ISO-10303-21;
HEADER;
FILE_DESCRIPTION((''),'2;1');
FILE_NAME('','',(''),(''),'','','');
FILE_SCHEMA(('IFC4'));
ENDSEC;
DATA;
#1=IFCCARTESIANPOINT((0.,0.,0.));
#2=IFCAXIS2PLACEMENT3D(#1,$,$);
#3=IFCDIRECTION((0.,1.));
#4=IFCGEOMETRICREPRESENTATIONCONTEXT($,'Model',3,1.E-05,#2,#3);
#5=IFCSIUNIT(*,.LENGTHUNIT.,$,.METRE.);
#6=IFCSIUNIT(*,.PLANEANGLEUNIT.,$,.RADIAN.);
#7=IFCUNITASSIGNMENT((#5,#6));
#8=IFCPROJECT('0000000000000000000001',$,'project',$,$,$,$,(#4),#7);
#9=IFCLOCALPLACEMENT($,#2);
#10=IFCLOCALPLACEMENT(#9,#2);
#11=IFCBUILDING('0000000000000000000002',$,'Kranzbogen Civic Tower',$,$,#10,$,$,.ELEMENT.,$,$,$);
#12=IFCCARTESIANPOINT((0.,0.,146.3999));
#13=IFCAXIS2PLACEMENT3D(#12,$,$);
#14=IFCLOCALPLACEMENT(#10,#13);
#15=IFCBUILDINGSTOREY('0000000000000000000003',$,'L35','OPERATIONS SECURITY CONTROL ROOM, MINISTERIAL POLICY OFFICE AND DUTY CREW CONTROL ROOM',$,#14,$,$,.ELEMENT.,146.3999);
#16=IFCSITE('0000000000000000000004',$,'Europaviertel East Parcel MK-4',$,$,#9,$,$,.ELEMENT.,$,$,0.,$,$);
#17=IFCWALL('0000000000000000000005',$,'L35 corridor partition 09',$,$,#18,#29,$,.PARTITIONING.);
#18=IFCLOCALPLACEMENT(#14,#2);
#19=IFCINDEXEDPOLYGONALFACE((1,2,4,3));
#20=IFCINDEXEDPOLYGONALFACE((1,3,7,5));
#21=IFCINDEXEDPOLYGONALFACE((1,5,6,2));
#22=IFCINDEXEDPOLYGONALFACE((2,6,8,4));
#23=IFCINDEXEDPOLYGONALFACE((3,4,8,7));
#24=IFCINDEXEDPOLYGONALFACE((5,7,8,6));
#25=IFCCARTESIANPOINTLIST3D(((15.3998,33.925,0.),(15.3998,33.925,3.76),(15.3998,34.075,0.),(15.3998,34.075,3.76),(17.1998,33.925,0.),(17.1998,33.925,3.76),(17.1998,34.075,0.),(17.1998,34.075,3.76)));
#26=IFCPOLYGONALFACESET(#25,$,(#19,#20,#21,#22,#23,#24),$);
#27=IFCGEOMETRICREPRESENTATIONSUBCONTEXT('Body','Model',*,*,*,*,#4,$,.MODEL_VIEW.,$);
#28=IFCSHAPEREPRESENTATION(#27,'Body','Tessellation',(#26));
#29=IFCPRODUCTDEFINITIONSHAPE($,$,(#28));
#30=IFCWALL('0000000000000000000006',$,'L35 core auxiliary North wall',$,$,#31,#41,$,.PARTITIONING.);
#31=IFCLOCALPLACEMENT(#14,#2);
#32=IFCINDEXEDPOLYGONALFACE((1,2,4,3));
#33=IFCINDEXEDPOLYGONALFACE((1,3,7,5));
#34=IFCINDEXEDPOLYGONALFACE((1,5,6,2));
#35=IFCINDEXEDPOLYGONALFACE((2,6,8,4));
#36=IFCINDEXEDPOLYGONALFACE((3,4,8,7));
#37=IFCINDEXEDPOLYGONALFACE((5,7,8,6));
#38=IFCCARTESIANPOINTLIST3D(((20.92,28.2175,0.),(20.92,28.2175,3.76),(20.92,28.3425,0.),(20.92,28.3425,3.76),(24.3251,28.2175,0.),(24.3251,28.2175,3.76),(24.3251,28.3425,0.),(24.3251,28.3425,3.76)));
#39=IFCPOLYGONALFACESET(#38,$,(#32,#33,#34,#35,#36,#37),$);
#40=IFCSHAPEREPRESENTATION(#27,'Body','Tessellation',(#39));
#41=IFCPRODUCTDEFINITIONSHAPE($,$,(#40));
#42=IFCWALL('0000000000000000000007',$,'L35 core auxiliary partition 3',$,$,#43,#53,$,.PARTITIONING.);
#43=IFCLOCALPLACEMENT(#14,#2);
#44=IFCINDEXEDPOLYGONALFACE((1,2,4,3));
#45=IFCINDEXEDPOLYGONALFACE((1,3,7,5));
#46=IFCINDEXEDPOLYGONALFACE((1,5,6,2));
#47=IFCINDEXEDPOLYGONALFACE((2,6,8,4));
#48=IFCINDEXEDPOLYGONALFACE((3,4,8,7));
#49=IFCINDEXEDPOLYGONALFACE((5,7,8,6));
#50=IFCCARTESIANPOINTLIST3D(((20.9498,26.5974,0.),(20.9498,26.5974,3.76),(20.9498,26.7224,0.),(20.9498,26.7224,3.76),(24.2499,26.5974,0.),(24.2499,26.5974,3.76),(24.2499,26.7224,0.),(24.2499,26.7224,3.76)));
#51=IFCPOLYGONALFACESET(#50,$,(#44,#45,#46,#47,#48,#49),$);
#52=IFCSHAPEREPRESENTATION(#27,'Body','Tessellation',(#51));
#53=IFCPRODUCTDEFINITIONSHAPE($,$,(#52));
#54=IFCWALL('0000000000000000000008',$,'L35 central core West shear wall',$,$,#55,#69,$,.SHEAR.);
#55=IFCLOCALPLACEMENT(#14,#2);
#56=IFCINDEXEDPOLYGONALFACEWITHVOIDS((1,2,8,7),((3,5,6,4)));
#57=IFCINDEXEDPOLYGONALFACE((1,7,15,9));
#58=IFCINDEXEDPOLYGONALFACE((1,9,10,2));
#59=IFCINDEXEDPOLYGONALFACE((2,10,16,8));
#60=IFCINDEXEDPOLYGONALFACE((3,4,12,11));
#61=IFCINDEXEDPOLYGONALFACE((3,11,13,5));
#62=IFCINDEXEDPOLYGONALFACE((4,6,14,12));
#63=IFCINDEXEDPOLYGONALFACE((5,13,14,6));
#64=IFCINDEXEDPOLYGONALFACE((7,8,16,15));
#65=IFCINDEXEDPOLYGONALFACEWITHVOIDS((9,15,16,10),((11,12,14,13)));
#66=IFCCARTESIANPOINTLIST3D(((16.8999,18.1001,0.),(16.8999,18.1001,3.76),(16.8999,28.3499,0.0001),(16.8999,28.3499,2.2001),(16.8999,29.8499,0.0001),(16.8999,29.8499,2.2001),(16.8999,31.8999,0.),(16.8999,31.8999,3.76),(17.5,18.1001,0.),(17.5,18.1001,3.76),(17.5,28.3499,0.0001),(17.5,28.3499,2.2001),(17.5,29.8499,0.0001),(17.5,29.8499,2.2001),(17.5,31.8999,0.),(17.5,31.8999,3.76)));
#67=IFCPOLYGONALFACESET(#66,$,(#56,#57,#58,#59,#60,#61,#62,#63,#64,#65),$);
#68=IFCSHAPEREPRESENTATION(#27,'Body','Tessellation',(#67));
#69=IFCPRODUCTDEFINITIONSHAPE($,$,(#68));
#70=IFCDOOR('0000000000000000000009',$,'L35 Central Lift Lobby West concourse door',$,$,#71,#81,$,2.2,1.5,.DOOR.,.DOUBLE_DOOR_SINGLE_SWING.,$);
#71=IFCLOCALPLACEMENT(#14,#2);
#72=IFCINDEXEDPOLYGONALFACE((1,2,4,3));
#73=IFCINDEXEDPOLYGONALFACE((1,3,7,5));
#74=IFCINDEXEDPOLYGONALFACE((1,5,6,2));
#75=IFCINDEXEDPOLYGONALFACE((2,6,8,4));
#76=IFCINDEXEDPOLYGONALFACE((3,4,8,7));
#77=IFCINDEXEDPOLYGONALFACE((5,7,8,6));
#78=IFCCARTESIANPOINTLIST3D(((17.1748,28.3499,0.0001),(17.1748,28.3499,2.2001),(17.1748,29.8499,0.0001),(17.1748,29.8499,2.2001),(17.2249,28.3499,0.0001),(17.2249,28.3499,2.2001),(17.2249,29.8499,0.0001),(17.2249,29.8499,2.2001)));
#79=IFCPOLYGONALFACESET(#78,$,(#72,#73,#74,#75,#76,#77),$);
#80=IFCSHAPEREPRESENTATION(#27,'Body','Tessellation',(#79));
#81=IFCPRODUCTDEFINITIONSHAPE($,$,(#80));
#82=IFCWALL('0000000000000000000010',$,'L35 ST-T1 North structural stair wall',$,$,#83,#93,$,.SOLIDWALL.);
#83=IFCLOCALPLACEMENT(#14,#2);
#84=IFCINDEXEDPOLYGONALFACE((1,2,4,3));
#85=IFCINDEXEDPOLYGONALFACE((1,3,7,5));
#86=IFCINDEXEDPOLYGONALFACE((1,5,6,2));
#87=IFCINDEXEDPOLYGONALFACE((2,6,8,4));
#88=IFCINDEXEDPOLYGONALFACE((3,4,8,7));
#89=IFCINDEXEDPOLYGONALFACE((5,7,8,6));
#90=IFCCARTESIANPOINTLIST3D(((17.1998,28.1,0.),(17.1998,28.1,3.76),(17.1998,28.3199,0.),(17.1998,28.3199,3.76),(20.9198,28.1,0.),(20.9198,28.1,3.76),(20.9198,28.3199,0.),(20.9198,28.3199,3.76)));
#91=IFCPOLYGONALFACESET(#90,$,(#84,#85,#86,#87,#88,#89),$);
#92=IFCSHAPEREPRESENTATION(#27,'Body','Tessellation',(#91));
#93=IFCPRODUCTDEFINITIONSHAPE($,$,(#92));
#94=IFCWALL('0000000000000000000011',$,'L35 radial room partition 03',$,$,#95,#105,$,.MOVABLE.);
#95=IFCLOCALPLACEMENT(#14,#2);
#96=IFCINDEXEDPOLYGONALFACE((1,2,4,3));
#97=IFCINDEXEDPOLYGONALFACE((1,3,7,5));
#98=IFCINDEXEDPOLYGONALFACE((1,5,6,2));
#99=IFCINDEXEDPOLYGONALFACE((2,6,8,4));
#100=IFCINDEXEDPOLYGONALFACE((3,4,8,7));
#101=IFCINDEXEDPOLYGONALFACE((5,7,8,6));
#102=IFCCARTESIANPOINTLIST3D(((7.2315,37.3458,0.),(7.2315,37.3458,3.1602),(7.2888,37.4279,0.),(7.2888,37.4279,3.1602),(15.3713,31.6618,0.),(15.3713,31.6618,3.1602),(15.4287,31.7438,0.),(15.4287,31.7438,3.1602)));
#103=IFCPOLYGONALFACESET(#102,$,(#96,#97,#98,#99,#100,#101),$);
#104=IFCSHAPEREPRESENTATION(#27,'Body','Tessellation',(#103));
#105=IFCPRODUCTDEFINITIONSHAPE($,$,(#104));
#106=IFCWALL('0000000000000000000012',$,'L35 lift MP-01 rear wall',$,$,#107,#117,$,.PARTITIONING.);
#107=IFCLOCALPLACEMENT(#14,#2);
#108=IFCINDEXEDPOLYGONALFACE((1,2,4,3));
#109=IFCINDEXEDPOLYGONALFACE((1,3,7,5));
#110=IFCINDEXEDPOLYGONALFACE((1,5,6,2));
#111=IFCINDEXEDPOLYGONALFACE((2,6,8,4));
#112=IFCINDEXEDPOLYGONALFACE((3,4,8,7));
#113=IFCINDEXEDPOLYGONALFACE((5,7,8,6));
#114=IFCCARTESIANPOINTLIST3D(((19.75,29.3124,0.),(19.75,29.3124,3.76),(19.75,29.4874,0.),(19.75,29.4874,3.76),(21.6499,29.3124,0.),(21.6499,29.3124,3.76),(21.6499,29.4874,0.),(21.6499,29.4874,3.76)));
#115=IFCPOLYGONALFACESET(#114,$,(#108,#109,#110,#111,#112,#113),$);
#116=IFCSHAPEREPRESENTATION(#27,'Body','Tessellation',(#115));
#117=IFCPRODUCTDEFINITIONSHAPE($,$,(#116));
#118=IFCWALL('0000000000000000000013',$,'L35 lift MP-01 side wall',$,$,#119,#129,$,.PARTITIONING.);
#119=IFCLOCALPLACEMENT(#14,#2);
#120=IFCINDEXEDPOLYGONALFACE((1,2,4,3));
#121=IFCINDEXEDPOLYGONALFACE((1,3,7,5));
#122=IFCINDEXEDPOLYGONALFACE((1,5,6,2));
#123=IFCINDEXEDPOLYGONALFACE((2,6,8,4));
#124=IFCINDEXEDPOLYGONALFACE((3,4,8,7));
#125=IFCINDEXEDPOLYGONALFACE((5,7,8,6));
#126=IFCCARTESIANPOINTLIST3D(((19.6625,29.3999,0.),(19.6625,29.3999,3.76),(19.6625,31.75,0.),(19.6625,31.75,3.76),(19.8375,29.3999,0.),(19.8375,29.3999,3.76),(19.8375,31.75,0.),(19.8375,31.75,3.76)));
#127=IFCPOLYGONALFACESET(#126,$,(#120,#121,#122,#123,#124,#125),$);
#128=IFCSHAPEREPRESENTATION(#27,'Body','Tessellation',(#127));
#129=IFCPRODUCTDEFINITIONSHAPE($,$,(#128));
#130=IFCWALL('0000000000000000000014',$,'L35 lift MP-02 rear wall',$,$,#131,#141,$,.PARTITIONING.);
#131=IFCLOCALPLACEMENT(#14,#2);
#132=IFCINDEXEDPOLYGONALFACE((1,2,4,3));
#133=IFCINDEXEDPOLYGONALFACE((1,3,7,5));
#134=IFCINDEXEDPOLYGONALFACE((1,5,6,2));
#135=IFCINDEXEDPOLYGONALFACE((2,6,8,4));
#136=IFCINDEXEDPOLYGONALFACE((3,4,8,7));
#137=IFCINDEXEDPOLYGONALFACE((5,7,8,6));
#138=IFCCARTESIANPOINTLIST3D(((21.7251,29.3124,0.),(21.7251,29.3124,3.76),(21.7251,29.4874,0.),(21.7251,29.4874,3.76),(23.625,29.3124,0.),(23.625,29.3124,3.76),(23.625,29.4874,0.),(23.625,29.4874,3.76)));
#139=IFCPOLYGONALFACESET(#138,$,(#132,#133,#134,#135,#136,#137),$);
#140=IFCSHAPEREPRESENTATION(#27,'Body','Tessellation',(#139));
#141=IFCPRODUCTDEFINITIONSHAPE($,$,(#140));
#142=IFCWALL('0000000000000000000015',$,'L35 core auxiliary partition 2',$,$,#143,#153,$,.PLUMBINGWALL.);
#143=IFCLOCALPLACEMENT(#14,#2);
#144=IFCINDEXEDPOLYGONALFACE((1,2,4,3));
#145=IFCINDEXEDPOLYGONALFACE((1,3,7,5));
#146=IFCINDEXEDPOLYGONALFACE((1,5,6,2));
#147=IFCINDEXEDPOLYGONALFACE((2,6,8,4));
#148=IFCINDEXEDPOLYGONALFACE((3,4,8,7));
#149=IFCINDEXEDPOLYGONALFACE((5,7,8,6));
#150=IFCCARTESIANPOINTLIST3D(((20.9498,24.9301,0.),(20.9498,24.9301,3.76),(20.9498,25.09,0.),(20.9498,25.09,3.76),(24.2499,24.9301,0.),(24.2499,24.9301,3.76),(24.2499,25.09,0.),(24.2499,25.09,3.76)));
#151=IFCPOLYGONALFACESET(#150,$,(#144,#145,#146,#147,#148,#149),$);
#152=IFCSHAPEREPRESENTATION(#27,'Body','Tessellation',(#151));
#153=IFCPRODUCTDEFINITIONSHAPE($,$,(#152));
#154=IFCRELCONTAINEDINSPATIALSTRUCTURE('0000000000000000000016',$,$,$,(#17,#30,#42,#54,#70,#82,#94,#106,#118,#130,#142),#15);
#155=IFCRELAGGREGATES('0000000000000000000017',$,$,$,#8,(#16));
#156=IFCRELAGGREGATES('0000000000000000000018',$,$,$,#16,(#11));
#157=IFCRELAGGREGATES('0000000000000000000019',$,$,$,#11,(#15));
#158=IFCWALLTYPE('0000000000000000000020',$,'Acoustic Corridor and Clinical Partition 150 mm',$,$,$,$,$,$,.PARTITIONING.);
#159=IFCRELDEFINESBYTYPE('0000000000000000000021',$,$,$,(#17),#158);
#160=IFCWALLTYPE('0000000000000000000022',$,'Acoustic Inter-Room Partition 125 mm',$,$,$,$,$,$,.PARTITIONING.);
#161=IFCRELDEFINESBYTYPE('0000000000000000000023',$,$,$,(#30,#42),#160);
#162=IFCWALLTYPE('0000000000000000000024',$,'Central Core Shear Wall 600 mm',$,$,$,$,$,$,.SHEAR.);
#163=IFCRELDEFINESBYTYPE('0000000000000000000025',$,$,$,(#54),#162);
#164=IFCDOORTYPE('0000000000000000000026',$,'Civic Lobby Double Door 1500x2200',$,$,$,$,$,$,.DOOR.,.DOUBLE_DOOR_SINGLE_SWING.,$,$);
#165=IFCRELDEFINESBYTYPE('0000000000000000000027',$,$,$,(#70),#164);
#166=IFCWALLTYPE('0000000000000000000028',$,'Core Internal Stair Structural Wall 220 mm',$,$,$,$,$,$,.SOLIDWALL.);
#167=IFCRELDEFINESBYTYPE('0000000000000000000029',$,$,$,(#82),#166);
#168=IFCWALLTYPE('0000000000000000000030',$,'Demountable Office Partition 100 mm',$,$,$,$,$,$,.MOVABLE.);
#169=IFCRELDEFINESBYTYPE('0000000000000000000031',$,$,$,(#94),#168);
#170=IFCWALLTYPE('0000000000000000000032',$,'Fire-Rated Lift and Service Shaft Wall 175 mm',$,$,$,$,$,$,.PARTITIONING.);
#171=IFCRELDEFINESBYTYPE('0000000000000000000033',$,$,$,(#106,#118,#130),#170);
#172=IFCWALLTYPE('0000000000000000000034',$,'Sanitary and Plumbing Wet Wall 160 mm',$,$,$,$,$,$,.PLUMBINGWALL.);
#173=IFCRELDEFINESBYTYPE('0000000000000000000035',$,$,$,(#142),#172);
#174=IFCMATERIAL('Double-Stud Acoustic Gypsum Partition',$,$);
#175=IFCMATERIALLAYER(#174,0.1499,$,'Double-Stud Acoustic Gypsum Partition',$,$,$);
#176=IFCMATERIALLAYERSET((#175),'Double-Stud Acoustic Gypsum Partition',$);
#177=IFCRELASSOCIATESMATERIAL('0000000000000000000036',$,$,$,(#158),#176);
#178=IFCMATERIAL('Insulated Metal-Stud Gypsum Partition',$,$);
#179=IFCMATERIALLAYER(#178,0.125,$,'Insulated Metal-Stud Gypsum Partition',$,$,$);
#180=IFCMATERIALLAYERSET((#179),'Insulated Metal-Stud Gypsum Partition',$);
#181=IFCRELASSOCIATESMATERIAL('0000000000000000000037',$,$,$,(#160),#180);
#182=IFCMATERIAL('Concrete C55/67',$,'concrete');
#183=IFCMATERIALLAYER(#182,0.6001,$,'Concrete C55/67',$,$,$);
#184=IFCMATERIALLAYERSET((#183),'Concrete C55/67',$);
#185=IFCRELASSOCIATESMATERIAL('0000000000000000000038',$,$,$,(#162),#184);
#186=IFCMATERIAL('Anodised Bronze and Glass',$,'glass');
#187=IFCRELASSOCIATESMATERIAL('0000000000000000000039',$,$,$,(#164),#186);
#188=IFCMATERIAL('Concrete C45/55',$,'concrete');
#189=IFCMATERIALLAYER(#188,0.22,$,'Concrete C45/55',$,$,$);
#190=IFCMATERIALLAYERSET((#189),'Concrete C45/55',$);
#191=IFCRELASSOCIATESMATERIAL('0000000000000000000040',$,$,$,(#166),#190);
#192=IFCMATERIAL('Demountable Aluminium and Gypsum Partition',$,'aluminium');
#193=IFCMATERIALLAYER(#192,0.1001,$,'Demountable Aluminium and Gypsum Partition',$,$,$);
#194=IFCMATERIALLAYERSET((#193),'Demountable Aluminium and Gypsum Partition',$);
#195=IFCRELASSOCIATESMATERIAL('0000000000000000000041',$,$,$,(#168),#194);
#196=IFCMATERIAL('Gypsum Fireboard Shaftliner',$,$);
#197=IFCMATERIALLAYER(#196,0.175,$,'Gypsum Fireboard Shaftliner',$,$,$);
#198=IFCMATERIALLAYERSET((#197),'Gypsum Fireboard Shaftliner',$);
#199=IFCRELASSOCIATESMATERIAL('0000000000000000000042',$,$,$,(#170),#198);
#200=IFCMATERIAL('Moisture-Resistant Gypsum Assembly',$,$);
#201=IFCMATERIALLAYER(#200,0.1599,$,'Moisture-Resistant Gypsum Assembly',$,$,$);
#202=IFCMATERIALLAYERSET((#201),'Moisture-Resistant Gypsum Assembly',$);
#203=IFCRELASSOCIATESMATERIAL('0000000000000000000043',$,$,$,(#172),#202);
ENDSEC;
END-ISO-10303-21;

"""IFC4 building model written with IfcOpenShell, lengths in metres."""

from ifc_helpers import new_model, si_unit, direction, frame, frame_2d, origin, place, context, subcontext, project, spatial, rectangle, extrude, material, layer, layer_set, type_object, element, fill, save


model = new_model("IFC4")

# Units and contexts
model_context = context("Model", 3, precision=1e-05, world=origin(), true_north=direction((0.0, 1.0)))
body_context = subcontext(model_context, "Body", "Model", "MODEL_VIEW")
ifc_project = project(units=[si_unit("LENGTHUNIT", "METRE"), si_unit("PLANEANGLEUNIT", "RADIAN")], contexts=[model_context])

# Site, building, storey
site_placement = place(None, origin())
site = spatial("IfcSite", under=ifc_project, at=site_placement, Name="Europaviertel East Parcel MK-4", CompositionType="ELEMENT", RefElevation=0.0)
building_placement = place(site_placement, origin())
building = spatial("IfcBuilding", under=site, at=building_placement, Name="Kranzbogen Civic Tower", CompositionType="ELEMENT")
storey_placement = place(building_placement, frame((0.0, 0.0, 146.3999)))
storey = spatial("IfcBuildingStorey", under=building, at=storey_placement, Name="L35", Description="OPERATIONS SECURITY CONTROL ROOM, MINISTERIAL POLICY OFFICE AND DUTY CREW CONTROL ROOM", CompositionType="ELEMENT", Elevation=146.3999)

# Shared definitions
ifc_material_1 = material(Name="Double-Stud Acoustic Gypsum Partition")
ifc_layer_1 = layer(ifc_material_1, 0.1499, Name="Double-Stud Acoustic Gypsum Partition")
ifc_layer_set_1 = layer_set([ifc_layer_1], Name="Double-Stud Acoustic Gypsum Partition")
wall_type_1 = type_object("IfcWallType", Name="Acoustic Corridor and Clinical Partition 150 mm", PredefinedType="PARTITIONING", material=ifc_layer_set_1)

# Walls
wall_1_placement = place(storey_placement, frame((15.3999, 34.0, 0.0), z_axis=(0.0, 0.0, 1.0), x_axis=(1.0, 0.0, 0.0)))
element("IfcWall", 1, at=wall_1_placement, inside=storey, type_object=wall_type_1, Name="L35 corridor partition 09", PredefinedType="PARTITIONING", context=body_context, shape_type="SweptSolid", body=[
    extrude(rectangle(XDim=1.8, YDim=0.1499, at=frame_2d((0.8999, 0.0))), origin(), (0.0, 0.0, 1.0), 3.76),
])
ifc_material_2 = material(Name="Insulated Metal-Stud Gypsum Partition")
ifc_layer_2 = layer(ifc_material_2, 0.125, Name="Insulated Metal-Stud Gypsum Partition")
ifc_layer_set_2 = layer_set([ifc_layer_2], Name="Insulated Metal-Stud Gypsum Partition")
wall_type_2 = type_object("IfcWallType", Name="Acoustic Inter-Room Partition 125 mm", PredefinedType="PARTITIONING", material=ifc_layer_set_2)
wall_2_placement = place(storey_placement, frame((20.9199, 28.28, 0.0), z_axis=(0.0, 0.0, 1.0), x_axis=(1.0, 0.0, 0.0)))
element("IfcWall", 2, at=wall_2_placement, inside=storey, type_object=wall_type_2, Name="L35 core auxiliary North wall", PredefinedType="PARTITIONING", context=body_context, shape_type="SweptSolid", body=[
    extrude(rectangle(XDim=3.405, YDim=0.125, at=frame_2d((1.7026, 0.0))), origin(), (0.0, 0.0, 1.0), 3.76),
])
wall_3_placement = place(storey_placement, frame((20.95, 26.6599, 0.0), z_axis=(0.0, 0.0, 1.0), x_axis=(1.0, 0.0, 0.0)))
element("IfcWall", 3, at=wall_3_placement, inside=storey, type_object=wall_type_2, Name="L35 core auxiliary partition 3", PredefinedType="PARTITIONING", context=body_context, shape_type="SweptSolid", body=[
    extrude(rectangle(XDim=3.3, YDim=0.125, at=frame_2d((1.6499, 0.0))), origin(), (0.0, 0.0, 1.0), 3.76),
])

# Wall, opening, door
ifc_material_3 = material(Name="Concrete C55/67", Category="concrete")
ifc_layer_3 = layer(ifc_material_3, 0.6001, Name="Concrete C55/67")
ifc_layer_set_3 = layer_set([ifc_layer_3], Name="Concrete C55/67")
wall_type_3 = type_object("IfcWallType", Name="Central Core Shear Wall 600 mm", PredefinedType="SHEAR", material=ifc_layer_set_3)
wall_4_placement = place(storey_placement, frame((17.2, 31.8999, 0.0), z_axis=(0.0, 0.0, 1.0), x_axis=(0.0, -1.0, 0.0)))
wall_4 = element("IfcWall", 4, at=wall_4_placement, inside=storey, type_object=wall_type_3, Name="L35 central core West shear wall", PredefinedType="SHEAR", context=body_context, shape_type="SweptSolid", body=[
    extrude(rectangle(XDim=13.7998, YDim=0.6001, at=frame_2d((6.8999, 0.0))), origin(), (0.0, 0.0, 1.0), 3.76),
])
opening_1_placement = place(wall_4_placement, frame((2.05, 0.0, 0.0)))
opening_1 = element("IfcOpeningElement", 5, at=opening_1_placement, cuts=wall_4, PredefinedType="OPENING", context=body_context, shape_type="SweptSolid", body=[
    extrude(rectangle(XDim=1.5, YDim=2.2, at=frame_2d((0.75, 1.1001))), frame((0.0, 0.3101, 0.0), z_axis=(0.0, -1.0, 0.0), x_axis=(1.0, 0.0, 0.0)), (0.0, 0.0, 1.0), 0.6201),
])
ifc_material_4 = material(Name="Anodised Bronze and Glass", Category="glass")
door_type_1 = type_object("IfcDoorType", Name="Civic Lobby Double Door 1500x2200", OperationType="DOUBLE_DOOR_SINGLE_SWING", PredefinedType="DOOR", material=ifc_material_4)
door_1_placement = place(opening_1_placement, origin())
door_1 = element("IfcDoor", 6, at=door_1_placement, inside=storey, type_object=door_type_1, Name="L35 Central Lift Lobby West concourse door", OperationType="DOUBLE_DOOR_SINGLE_SWING", OverallHeight=2.2, OverallWidth=1.5, PredefinedType="DOOR", context=body_context, shape_type="SweptSolid", body=[
    extrude(rectangle(XDim=1.5, YDim=2.2, at=frame_2d((0.75, 1.1001))), frame((0.0, 0.0249, 0.0), z_axis=(0.0, -1.0, 0.0), x_axis=(1.0, 0.0, 0.0)), (0.0, 0.0, 1.0), 0.05),
])
fill(opening_1, door_1)

# Walls
ifc_material_5 = material(Name="Concrete C45/55", Category="concrete")
ifc_layer_4 = layer(ifc_material_5, 0.22, Name="Concrete C45/55")
ifc_layer_set_4 = layer_set([ifc_layer_4], Name="Concrete C45/55")
wall_type_4 = type_object("IfcWallType", Name="Core Internal Stair Structural Wall 220 mm", PredefinedType="SOLIDWALL", material=ifc_layer_set_4)
wall_5_placement = place(storey_placement, frame((17.2, 28.21, 0.0), z_axis=(0.0, 0.0, 1.0), x_axis=(1.0, 0.0, 0.0)))
element("IfcWall", 7, at=wall_5_placement, inside=storey, type_object=wall_type_4, Name="L35 ST-T1 North structural stair wall", PredefinedType="SOLIDWALL", context=body_context, shape_type="SweptSolid", body=[
    extrude(rectangle(XDim=3.72, YDim=0.22, at=frame_2d((1.8599, 0.0))), origin(), (0.0, 0.0, 1.0), 3.76),
])
ifc_material_6 = material(Name="Demountable Aluminium and Gypsum Partition", Category="aluminium")
ifc_layer_5 = layer(ifc_material_6, 0.1001, Name="Demountable Aluminium and Gypsum Partition")
ifc_layer_set_5 = layer_set([ifc_layer_5], Name="Demountable Aluminium and Gypsum Partition")
wall_type_5 = type_object("IfcWallType", Name="Demountable Office Partition 100 mm", PredefinedType="MOVABLE", material=ifc_layer_set_5)
wall_6_placement = place(storey_placement, frame((15.3999, 31.7029, 0.0), z_axis=(0.0, 0.0, 1.0), x_axis=(-0.819886, 0.572526, 0.0)))
element("IfcWall", 8, at=wall_6_placement, inside=storey, type_object=wall_type_5, Name="L35 radial room partition 03", PredefinedType="MOVABLE", context=body_context, shape_type="SweptSolid", body=[
    extrude(rectangle(XDim=9.928, YDim=0.1001, at=frame_2d((4.9639, 0.0))), origin(), (0.0, 0.0, 1.0), 3.1602),
])
ifc_material_7 = material(Name="Gypsum Fireboard Shaftliner")
ifc_layer_6 = layer(ifc_material_7, 0.175, Name="Gypsum Fireboard Shaftliner")
ifc_layer_set_6 = layer_set([ifc_layer_6], Name="Gypsum Fireboard Shaftliner")
wall_type_6 = type_object("IfcWallType", Name="Fire-Rated Lift and Service Shaft Wall 175 mm", PredefinedType="PARTITIONING", material=ifc_layer_set_6)
wall_7_placement = place(storey_placement, frame((19.75, 29.3999, 0.0), z_axis=(0.0, 0.0, 1.0), x_axis=(1.0, 0.0, 0.0)))
element("IfcWall", 9, at=wall_7_placement, inside=storey, type_object=wall_type_6, Name="L35 lift MP-01 rear wall", PredefinedType="PARTITIONING", context=body_context, shape_type="SweptSolid", body=[
    extrude(rectangle(XDim=1.8999, YDim=0.175, at=frame_2d((0.95, 0.0))), origin(), (0.0, 0.0, 1.0), 3.76),
])
wall_8_placement = place(storey_placement, frame((19.75, 29.3999, 0.0), z_axis=(0.0, 0.0, 1.0), x_axis=(0.0, 1.0, 0.0)))
element("IfcWall", 10, at=wall_8_placement, inside=storey, type_object=wall_type_6, Name="L35 lift MP-01 side wall", PredefinedType="PARTITIONING", context=body_context, shape_type="SweptSolid", body=[
    extrude(rectangle(XDim=2.3501, YDim=0.175, at=frame_2d((1.175, 0.0))), origin(), (0.0, 0.0, 1.0), 3.76),
])
wall_9_placement = place(storey_placement, frame((21.7251, 29.3999, 0.0), z_axis=(0.0, 0.0, 1.0), x_axis=(1.0, 0.0, 0.0)))
element("IfcWall", 11, at=wall_9_placement, inside=storey, type_object=wall_type_6, Name="L35 lift MP-02 rear wall", PredefinedType="PARTITIONING", context=body_context, shape_type="SweptSolid", body=[
    extrude(rectangle(XDim=1.8999, YDim=0.175, at=frame_2d((0.95, 0.0))), origin(), (0.0, 0.0, 1.0), 3.76),
])
ifc_material_8 = material(Name="Moisture-Resistant Gypsum Assembly")
ifc_layer_7 = layer(ifc_material_8, 0.1599, Name="Moisture-Resistant Gypsum Assembly")
ifc_layer_set_7 = layer_set([ifc_layer_7], Name="Moisture-Resistant Gypsum Assembly")
wall_type_7 = type_object("IfcWallType", Name="Sanitary and Plumbing Wet Wall 160 mm", PredefinedType="PLUMBINGWALL", material=ifc_layer_set_7)
wall_10_placement = place(storey_placement, frame((20.95, 25.01, 0.0), z_axis=(0.0, 0.0, 1.0), x_axis=(1.0, 0.0, 0.0)))
element("IfcWall", 12, at=wall_10_placement, inside=storey, type_object=wall_type_7, Name="L35 core auxiliary partition 2", PredefinedType="PLUMBINGWALL", context=body_context, shape_type="SweptSolid", body=[
    extrude(rectangle(XDim=3.3, YDim=0.1599, at=frame_2d((1.6499, 0.0))), origin(), (0.0, 0.0, 1.0), 3.76),
])

save(model, "model.ifc")
